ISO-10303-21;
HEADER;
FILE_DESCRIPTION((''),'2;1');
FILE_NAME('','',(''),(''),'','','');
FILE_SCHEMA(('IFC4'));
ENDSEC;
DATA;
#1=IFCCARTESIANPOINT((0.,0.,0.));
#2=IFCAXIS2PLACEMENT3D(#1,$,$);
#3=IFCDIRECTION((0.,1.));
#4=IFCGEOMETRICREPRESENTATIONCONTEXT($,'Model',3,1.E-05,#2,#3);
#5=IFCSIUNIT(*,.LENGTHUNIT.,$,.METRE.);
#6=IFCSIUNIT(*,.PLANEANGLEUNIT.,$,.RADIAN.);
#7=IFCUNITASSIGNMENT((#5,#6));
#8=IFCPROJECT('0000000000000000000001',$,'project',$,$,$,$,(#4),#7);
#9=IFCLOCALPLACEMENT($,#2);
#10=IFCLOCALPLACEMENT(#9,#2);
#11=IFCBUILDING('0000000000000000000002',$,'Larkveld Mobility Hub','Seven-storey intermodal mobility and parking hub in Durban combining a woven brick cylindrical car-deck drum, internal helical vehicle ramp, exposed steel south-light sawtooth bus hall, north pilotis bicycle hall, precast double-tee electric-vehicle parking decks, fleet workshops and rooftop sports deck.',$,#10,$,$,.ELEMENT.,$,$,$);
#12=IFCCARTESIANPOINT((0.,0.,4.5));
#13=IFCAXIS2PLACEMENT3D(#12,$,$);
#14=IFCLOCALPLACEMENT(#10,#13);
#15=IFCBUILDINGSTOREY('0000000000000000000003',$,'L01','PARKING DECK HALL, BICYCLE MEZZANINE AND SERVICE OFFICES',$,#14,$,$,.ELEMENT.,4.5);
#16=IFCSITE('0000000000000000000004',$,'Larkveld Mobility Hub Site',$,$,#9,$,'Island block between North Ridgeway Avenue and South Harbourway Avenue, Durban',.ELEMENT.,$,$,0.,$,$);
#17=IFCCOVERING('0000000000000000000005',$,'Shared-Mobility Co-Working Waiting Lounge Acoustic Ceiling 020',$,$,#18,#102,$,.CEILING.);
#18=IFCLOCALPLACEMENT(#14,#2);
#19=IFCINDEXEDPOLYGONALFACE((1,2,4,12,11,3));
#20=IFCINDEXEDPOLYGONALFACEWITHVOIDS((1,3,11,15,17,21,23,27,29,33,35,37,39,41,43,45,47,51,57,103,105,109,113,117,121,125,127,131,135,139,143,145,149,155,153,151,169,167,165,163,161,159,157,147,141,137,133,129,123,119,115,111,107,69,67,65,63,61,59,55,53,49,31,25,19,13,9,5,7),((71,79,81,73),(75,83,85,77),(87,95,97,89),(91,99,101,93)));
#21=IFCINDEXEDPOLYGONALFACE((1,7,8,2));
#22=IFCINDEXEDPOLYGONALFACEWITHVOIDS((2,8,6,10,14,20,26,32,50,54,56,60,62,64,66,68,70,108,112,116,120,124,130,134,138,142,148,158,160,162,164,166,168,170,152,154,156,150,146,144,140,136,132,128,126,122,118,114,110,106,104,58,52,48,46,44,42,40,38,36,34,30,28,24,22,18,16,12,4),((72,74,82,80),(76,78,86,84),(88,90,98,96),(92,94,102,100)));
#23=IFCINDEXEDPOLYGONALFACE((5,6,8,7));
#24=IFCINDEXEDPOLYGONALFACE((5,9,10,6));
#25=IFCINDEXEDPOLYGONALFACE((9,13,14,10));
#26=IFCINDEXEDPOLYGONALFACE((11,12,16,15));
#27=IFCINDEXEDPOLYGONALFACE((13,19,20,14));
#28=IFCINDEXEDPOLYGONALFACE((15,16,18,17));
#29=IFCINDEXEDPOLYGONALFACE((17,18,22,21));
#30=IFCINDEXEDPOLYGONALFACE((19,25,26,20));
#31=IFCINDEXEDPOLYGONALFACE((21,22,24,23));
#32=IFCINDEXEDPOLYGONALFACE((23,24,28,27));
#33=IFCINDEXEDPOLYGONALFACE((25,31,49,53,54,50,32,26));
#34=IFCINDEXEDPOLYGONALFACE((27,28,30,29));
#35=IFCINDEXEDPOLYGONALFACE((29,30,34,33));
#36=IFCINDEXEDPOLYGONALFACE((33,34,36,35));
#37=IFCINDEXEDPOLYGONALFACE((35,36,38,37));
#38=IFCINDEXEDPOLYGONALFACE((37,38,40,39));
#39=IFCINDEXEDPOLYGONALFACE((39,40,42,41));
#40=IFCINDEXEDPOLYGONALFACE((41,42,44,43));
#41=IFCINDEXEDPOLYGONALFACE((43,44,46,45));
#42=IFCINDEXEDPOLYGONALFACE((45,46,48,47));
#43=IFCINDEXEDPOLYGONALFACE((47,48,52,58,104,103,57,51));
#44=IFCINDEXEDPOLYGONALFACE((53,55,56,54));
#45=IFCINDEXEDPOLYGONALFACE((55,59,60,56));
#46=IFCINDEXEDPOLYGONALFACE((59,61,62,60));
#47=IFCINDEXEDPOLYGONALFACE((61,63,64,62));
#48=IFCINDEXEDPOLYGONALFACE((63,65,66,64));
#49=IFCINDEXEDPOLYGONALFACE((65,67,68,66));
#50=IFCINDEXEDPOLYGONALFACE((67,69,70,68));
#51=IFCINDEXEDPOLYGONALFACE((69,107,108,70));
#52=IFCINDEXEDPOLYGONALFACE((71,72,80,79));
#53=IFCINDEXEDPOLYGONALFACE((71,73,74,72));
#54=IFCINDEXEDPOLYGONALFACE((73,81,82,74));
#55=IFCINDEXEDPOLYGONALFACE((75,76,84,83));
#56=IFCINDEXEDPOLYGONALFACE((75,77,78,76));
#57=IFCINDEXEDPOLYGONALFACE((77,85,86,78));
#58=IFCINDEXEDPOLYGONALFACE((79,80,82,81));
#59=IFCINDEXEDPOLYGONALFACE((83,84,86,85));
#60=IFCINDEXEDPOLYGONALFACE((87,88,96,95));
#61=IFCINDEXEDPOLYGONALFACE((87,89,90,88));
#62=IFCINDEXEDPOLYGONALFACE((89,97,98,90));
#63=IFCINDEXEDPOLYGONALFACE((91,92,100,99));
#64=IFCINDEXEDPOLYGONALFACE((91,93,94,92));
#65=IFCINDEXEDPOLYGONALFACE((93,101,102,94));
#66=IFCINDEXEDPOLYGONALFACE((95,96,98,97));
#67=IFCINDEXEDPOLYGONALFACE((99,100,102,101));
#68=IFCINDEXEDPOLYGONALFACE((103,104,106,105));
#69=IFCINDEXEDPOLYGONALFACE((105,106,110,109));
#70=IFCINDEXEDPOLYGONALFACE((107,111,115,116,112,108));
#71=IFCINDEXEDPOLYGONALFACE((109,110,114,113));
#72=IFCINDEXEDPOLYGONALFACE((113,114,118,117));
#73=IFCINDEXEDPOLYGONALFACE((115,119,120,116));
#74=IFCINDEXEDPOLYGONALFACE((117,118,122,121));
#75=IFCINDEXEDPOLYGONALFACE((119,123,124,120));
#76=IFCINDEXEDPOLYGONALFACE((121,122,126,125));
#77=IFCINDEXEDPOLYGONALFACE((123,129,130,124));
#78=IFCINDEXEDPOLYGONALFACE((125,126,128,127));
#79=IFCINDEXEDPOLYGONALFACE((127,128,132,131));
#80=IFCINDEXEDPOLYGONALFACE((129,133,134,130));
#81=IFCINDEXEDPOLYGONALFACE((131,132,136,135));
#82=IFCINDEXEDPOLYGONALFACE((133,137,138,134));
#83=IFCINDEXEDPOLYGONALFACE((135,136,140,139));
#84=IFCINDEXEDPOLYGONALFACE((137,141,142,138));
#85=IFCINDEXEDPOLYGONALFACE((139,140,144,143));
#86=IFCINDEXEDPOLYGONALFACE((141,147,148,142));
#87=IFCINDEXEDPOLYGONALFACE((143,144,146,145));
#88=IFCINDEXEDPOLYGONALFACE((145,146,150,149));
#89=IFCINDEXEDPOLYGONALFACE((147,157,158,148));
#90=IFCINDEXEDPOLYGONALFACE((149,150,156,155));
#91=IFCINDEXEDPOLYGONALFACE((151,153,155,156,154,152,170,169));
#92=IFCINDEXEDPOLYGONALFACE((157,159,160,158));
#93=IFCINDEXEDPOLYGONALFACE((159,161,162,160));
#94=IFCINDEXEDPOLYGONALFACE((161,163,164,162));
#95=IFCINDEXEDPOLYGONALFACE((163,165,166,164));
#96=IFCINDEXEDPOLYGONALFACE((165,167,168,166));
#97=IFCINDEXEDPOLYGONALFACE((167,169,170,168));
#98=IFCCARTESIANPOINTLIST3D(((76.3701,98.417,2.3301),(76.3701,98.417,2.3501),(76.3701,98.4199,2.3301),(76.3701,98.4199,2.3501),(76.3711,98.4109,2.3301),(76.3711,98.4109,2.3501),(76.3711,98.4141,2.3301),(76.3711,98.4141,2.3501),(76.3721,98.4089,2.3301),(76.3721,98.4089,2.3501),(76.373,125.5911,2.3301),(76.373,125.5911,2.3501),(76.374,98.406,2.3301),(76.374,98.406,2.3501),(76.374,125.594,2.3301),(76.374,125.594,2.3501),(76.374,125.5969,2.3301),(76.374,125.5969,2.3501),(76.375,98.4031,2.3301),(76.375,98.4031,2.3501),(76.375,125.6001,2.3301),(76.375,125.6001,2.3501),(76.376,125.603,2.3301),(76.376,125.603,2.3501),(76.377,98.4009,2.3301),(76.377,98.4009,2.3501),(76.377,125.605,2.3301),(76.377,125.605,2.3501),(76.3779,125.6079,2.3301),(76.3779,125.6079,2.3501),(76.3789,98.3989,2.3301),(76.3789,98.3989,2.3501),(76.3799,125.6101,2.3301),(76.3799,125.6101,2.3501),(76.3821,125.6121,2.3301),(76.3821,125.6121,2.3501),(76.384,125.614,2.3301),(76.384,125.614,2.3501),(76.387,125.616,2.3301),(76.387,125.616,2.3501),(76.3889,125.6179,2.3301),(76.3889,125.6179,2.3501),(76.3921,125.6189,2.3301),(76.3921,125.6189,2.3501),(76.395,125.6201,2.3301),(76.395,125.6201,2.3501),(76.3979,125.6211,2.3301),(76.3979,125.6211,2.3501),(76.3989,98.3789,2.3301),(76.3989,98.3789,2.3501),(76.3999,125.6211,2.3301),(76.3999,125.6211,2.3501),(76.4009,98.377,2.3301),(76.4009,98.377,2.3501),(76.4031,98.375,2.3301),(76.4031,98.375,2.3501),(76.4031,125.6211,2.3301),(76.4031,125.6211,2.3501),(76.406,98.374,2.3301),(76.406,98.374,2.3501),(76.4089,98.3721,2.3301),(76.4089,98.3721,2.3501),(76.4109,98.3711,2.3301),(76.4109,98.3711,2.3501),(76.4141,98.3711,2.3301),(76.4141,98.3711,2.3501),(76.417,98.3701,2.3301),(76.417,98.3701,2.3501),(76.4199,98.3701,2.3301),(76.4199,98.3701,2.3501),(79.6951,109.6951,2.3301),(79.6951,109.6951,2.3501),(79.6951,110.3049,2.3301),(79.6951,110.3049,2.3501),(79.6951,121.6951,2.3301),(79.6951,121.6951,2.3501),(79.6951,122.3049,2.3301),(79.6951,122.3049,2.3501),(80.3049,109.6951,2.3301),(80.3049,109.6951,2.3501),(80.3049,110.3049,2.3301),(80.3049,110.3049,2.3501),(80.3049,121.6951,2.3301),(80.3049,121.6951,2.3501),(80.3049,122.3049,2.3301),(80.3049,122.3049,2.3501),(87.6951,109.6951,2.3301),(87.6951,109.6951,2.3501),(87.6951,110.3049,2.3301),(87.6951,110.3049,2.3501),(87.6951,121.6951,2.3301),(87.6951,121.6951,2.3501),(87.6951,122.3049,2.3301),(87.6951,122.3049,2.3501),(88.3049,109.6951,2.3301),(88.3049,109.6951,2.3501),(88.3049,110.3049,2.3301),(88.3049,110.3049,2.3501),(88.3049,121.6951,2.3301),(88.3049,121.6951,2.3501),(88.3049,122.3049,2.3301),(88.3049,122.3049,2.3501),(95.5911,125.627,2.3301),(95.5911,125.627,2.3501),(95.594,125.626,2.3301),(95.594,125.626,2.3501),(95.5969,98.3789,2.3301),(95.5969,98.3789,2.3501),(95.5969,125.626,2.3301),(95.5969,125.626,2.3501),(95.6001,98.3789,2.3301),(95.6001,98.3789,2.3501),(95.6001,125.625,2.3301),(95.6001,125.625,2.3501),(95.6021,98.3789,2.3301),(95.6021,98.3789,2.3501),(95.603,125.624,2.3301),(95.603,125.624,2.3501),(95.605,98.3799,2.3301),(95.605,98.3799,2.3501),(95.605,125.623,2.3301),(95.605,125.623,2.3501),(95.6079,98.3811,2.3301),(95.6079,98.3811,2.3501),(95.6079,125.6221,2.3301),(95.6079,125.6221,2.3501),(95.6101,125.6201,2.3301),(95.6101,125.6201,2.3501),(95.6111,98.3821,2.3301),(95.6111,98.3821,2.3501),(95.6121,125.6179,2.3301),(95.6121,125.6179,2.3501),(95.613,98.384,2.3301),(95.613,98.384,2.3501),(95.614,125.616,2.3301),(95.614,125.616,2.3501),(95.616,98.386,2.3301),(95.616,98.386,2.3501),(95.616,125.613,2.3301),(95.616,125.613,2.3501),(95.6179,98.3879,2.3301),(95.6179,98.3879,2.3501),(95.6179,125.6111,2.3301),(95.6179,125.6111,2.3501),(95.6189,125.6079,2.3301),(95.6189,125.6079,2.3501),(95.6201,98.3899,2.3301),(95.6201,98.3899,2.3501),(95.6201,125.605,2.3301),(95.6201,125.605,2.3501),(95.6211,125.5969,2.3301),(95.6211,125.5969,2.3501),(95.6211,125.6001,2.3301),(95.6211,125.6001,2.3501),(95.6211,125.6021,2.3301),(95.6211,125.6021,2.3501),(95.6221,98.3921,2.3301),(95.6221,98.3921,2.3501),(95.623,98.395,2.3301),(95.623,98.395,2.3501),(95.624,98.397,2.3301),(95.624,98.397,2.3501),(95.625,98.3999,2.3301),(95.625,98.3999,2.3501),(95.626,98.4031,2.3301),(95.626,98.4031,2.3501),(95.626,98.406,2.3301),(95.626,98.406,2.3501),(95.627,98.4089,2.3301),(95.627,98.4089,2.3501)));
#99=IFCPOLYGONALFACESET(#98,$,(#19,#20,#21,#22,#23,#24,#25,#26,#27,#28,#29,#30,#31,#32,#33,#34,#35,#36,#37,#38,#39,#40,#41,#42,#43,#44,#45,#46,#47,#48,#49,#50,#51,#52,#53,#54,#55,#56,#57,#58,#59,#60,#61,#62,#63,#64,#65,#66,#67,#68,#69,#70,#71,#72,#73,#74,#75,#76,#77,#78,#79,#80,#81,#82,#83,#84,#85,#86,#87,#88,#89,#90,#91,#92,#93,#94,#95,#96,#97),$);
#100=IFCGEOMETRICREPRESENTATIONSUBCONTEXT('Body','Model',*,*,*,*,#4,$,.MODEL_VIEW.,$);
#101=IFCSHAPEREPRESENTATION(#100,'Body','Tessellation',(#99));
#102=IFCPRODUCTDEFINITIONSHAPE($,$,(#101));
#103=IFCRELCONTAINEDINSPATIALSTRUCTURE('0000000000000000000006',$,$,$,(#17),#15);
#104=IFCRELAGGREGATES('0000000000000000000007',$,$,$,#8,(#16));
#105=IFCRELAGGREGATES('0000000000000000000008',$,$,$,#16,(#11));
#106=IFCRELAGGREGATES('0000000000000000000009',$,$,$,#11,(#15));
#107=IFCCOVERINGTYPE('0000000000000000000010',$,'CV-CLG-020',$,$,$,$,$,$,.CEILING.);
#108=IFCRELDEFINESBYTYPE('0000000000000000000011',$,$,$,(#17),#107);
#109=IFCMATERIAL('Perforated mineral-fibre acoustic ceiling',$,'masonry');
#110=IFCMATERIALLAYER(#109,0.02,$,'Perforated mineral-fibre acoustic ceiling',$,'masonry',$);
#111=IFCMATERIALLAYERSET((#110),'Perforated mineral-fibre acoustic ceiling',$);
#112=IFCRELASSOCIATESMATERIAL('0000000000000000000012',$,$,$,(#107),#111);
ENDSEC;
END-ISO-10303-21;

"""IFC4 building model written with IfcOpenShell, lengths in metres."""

from ifc_helpers import new_model, si_unit, direction, frame, origin, place, context, subcontext, project, spatial, polyline, outline, extrude, material, layer, layer_set, type_object, element, save


model = new_model("IFC4")

# Units and contexts
model_context = context("Model", 3, precision=1e-05, world=origin(), true_north=direction((0.0, 1.0)))
body_context = subcontext(model_context, "Body", "Model", "MODEL_VIEW")
ifc_project = project(units=[si_unit("LENGTHUNIT", "METRE"), si_unit("PLANEANGLEUNIT", "RADIAN")], contexts=[model_context])

# Site, building, storey
site_placement = place(None, origin())
site = spatial("IfcSite", under=ifc_project, at=site_placement, Name="Larkveld Mobility Hub Site", LongName="Island block between North Ridgeway Avenue and South Harbourway Avenue, Durban", CompositionType="ELEMENT", RefElevation=0.0)
building_placement = place(site_placement, origin())
building = spatial("IfcBuilding", under=site, at=building_placement, Name="Larkveld Mobility Hub", Description="Seven-storey intermodal mobility and parking hub in Durban combining a woven brick cylindrical car-deck drum, internal helical vehicle ramp, exposed steel south-light sawtooth bus hall, north pilotis bicycle hall, precast double-tee electric-vehicle parking decks, fleet workshops and rooftop sports deck.", CompositionType="ELEMENT")
storey_placement = place(building_placement, frame((0.0, 0.0, 4.5)))
storey = spatial("IfcBuildingStorey", under=building, at=storey_placement, Name="L01", Description="PARKING DECK HALL, BICYCLE MEZZANINE AND SERVICE OFFICES", CompositionType="ELEMENT", Elevation=4.5)

# Covering
ifc_material_1 = material(Name="Perforated mineral-fibre acoustic ceiling", Category="masonry")
ifc_layer_1 = layer(ifc_material_1, 0.02, Name="Perforated mineral-fibre acoustic ceiling", Category="masonry")
ifc_layer_set_1 = layer_set([ifc_layer_1], Name="Perforated mineral-fibre acoustic ceiling")
covering_type_1 = type_object("IfcCoveringType", Name="CV-CLG-020", PredefinedType="CEILING", material=ifc_layer_set_1)
covering_1_placement = place(storey_placement, frame((0.0, 0.0, 2.3301)))
element("IfcCovering", 1, at=covering_1_placement, inside=storey, type_object=covering_type_1, Name="Shared-Mobility Co-Working Waiting Lounge Acoustic Ceiling 020", PredefinedType="CEILING", context=body_context, shape_type="SweptSolid", body=[
    extrude(outline(polyline([(76.417, 98.3701), (76.4141, 98.3711), (76.4109, 98.3711), (76.4089, 98.3721), (76.406, 98.374), (76.4031, 98.375), (76.4009, 98.377), (76.3989, 98.3789), (76.3789, 98.3989), (76.377, 98.4009), (76.375, 98.4031), (76.374, 98.406), (76.3721, 98.4089), (76.3711, 98.4109), (76.3711, 98.4141), (76.3701, 98.417), (76.3701, 98.4199), (76.373, 125.5911), (76.374, 125.594), (76.374, 125.5969), (76.375, 125.6001), (76.376, 125.603), (76.377, 125.605), (76.3779, 125.6079), (76.3799, 125.6101), (76.3821, 125.6121), (76.384, 125.614), (76.387, 125.616), (76.3889, 125.6179), (76.3921, 125.6189), (76.395, 125.6201), (76.3979, 125.6211), (76.3999, 125.6211), (76.4031, 125.6211), (95.5911, 125.627), (95.594, 125.626), (95.5969, 125.626), (95.6001, 125.625), (95.603, 125.624), (95.605, 125.623), (95.6079, 125.6221), (95.6101, 125.6201), (95.6121, 125.6179), (95.614, 125.616), (95.616, 125.613), (95.6179, 125.6111), (95.6189, 125.6079), (95.6201, 125.605), (95.6211, 125.6021), (95.6211, 125.6001), (95.6211, 125.5969), (95.627, 98.4089), (95.626, 98.406), (95.626, 98.4031), (95.625, 98.3999), (95.624, 98.397), (95.623, 98.395), (95.6221, 98.3921), (95.6201, 98.3899), (95.6179, 98.3879), (95.616, 98.386), (95.613, 98.384), (95.6111, 98.3821), (95.6079, 98.3811), (95.605, 98.3799), (95.6021, 98.3789), (95.6001, 98.3789), (95.5969, 98.3789), (76.4199, 98.3701), (76.417, 98.3701)]), holes=[polyline([(79.6951, 110.3049), (79.6951, 109.6951), (80.3049, 109.6951), (80.3049, 110.3049), (79.6951, 110.3049)]), polyline([(87.6951, 110.3049), (87.6951, 109.6951), (88.3049, 109.6951), (88.3049, 110.3049), (87.6951, 110.3049)]), polyline([(79.6951, 122.3049), (79.6951, 121.6951), (80.3049, 121.6951), (80.3049, 122.3049), (79.6951, 122.3049)]), polyline([(87.6951, 122.3049), (87.6951, 121.6951), (88.3049, 121.6951), (88.3049, 122.3049), (87.6951, 122.3049)])]), origin(), (0.0, 0.0, 1.0), 0.02),
])

save(model, "model.ifc")
